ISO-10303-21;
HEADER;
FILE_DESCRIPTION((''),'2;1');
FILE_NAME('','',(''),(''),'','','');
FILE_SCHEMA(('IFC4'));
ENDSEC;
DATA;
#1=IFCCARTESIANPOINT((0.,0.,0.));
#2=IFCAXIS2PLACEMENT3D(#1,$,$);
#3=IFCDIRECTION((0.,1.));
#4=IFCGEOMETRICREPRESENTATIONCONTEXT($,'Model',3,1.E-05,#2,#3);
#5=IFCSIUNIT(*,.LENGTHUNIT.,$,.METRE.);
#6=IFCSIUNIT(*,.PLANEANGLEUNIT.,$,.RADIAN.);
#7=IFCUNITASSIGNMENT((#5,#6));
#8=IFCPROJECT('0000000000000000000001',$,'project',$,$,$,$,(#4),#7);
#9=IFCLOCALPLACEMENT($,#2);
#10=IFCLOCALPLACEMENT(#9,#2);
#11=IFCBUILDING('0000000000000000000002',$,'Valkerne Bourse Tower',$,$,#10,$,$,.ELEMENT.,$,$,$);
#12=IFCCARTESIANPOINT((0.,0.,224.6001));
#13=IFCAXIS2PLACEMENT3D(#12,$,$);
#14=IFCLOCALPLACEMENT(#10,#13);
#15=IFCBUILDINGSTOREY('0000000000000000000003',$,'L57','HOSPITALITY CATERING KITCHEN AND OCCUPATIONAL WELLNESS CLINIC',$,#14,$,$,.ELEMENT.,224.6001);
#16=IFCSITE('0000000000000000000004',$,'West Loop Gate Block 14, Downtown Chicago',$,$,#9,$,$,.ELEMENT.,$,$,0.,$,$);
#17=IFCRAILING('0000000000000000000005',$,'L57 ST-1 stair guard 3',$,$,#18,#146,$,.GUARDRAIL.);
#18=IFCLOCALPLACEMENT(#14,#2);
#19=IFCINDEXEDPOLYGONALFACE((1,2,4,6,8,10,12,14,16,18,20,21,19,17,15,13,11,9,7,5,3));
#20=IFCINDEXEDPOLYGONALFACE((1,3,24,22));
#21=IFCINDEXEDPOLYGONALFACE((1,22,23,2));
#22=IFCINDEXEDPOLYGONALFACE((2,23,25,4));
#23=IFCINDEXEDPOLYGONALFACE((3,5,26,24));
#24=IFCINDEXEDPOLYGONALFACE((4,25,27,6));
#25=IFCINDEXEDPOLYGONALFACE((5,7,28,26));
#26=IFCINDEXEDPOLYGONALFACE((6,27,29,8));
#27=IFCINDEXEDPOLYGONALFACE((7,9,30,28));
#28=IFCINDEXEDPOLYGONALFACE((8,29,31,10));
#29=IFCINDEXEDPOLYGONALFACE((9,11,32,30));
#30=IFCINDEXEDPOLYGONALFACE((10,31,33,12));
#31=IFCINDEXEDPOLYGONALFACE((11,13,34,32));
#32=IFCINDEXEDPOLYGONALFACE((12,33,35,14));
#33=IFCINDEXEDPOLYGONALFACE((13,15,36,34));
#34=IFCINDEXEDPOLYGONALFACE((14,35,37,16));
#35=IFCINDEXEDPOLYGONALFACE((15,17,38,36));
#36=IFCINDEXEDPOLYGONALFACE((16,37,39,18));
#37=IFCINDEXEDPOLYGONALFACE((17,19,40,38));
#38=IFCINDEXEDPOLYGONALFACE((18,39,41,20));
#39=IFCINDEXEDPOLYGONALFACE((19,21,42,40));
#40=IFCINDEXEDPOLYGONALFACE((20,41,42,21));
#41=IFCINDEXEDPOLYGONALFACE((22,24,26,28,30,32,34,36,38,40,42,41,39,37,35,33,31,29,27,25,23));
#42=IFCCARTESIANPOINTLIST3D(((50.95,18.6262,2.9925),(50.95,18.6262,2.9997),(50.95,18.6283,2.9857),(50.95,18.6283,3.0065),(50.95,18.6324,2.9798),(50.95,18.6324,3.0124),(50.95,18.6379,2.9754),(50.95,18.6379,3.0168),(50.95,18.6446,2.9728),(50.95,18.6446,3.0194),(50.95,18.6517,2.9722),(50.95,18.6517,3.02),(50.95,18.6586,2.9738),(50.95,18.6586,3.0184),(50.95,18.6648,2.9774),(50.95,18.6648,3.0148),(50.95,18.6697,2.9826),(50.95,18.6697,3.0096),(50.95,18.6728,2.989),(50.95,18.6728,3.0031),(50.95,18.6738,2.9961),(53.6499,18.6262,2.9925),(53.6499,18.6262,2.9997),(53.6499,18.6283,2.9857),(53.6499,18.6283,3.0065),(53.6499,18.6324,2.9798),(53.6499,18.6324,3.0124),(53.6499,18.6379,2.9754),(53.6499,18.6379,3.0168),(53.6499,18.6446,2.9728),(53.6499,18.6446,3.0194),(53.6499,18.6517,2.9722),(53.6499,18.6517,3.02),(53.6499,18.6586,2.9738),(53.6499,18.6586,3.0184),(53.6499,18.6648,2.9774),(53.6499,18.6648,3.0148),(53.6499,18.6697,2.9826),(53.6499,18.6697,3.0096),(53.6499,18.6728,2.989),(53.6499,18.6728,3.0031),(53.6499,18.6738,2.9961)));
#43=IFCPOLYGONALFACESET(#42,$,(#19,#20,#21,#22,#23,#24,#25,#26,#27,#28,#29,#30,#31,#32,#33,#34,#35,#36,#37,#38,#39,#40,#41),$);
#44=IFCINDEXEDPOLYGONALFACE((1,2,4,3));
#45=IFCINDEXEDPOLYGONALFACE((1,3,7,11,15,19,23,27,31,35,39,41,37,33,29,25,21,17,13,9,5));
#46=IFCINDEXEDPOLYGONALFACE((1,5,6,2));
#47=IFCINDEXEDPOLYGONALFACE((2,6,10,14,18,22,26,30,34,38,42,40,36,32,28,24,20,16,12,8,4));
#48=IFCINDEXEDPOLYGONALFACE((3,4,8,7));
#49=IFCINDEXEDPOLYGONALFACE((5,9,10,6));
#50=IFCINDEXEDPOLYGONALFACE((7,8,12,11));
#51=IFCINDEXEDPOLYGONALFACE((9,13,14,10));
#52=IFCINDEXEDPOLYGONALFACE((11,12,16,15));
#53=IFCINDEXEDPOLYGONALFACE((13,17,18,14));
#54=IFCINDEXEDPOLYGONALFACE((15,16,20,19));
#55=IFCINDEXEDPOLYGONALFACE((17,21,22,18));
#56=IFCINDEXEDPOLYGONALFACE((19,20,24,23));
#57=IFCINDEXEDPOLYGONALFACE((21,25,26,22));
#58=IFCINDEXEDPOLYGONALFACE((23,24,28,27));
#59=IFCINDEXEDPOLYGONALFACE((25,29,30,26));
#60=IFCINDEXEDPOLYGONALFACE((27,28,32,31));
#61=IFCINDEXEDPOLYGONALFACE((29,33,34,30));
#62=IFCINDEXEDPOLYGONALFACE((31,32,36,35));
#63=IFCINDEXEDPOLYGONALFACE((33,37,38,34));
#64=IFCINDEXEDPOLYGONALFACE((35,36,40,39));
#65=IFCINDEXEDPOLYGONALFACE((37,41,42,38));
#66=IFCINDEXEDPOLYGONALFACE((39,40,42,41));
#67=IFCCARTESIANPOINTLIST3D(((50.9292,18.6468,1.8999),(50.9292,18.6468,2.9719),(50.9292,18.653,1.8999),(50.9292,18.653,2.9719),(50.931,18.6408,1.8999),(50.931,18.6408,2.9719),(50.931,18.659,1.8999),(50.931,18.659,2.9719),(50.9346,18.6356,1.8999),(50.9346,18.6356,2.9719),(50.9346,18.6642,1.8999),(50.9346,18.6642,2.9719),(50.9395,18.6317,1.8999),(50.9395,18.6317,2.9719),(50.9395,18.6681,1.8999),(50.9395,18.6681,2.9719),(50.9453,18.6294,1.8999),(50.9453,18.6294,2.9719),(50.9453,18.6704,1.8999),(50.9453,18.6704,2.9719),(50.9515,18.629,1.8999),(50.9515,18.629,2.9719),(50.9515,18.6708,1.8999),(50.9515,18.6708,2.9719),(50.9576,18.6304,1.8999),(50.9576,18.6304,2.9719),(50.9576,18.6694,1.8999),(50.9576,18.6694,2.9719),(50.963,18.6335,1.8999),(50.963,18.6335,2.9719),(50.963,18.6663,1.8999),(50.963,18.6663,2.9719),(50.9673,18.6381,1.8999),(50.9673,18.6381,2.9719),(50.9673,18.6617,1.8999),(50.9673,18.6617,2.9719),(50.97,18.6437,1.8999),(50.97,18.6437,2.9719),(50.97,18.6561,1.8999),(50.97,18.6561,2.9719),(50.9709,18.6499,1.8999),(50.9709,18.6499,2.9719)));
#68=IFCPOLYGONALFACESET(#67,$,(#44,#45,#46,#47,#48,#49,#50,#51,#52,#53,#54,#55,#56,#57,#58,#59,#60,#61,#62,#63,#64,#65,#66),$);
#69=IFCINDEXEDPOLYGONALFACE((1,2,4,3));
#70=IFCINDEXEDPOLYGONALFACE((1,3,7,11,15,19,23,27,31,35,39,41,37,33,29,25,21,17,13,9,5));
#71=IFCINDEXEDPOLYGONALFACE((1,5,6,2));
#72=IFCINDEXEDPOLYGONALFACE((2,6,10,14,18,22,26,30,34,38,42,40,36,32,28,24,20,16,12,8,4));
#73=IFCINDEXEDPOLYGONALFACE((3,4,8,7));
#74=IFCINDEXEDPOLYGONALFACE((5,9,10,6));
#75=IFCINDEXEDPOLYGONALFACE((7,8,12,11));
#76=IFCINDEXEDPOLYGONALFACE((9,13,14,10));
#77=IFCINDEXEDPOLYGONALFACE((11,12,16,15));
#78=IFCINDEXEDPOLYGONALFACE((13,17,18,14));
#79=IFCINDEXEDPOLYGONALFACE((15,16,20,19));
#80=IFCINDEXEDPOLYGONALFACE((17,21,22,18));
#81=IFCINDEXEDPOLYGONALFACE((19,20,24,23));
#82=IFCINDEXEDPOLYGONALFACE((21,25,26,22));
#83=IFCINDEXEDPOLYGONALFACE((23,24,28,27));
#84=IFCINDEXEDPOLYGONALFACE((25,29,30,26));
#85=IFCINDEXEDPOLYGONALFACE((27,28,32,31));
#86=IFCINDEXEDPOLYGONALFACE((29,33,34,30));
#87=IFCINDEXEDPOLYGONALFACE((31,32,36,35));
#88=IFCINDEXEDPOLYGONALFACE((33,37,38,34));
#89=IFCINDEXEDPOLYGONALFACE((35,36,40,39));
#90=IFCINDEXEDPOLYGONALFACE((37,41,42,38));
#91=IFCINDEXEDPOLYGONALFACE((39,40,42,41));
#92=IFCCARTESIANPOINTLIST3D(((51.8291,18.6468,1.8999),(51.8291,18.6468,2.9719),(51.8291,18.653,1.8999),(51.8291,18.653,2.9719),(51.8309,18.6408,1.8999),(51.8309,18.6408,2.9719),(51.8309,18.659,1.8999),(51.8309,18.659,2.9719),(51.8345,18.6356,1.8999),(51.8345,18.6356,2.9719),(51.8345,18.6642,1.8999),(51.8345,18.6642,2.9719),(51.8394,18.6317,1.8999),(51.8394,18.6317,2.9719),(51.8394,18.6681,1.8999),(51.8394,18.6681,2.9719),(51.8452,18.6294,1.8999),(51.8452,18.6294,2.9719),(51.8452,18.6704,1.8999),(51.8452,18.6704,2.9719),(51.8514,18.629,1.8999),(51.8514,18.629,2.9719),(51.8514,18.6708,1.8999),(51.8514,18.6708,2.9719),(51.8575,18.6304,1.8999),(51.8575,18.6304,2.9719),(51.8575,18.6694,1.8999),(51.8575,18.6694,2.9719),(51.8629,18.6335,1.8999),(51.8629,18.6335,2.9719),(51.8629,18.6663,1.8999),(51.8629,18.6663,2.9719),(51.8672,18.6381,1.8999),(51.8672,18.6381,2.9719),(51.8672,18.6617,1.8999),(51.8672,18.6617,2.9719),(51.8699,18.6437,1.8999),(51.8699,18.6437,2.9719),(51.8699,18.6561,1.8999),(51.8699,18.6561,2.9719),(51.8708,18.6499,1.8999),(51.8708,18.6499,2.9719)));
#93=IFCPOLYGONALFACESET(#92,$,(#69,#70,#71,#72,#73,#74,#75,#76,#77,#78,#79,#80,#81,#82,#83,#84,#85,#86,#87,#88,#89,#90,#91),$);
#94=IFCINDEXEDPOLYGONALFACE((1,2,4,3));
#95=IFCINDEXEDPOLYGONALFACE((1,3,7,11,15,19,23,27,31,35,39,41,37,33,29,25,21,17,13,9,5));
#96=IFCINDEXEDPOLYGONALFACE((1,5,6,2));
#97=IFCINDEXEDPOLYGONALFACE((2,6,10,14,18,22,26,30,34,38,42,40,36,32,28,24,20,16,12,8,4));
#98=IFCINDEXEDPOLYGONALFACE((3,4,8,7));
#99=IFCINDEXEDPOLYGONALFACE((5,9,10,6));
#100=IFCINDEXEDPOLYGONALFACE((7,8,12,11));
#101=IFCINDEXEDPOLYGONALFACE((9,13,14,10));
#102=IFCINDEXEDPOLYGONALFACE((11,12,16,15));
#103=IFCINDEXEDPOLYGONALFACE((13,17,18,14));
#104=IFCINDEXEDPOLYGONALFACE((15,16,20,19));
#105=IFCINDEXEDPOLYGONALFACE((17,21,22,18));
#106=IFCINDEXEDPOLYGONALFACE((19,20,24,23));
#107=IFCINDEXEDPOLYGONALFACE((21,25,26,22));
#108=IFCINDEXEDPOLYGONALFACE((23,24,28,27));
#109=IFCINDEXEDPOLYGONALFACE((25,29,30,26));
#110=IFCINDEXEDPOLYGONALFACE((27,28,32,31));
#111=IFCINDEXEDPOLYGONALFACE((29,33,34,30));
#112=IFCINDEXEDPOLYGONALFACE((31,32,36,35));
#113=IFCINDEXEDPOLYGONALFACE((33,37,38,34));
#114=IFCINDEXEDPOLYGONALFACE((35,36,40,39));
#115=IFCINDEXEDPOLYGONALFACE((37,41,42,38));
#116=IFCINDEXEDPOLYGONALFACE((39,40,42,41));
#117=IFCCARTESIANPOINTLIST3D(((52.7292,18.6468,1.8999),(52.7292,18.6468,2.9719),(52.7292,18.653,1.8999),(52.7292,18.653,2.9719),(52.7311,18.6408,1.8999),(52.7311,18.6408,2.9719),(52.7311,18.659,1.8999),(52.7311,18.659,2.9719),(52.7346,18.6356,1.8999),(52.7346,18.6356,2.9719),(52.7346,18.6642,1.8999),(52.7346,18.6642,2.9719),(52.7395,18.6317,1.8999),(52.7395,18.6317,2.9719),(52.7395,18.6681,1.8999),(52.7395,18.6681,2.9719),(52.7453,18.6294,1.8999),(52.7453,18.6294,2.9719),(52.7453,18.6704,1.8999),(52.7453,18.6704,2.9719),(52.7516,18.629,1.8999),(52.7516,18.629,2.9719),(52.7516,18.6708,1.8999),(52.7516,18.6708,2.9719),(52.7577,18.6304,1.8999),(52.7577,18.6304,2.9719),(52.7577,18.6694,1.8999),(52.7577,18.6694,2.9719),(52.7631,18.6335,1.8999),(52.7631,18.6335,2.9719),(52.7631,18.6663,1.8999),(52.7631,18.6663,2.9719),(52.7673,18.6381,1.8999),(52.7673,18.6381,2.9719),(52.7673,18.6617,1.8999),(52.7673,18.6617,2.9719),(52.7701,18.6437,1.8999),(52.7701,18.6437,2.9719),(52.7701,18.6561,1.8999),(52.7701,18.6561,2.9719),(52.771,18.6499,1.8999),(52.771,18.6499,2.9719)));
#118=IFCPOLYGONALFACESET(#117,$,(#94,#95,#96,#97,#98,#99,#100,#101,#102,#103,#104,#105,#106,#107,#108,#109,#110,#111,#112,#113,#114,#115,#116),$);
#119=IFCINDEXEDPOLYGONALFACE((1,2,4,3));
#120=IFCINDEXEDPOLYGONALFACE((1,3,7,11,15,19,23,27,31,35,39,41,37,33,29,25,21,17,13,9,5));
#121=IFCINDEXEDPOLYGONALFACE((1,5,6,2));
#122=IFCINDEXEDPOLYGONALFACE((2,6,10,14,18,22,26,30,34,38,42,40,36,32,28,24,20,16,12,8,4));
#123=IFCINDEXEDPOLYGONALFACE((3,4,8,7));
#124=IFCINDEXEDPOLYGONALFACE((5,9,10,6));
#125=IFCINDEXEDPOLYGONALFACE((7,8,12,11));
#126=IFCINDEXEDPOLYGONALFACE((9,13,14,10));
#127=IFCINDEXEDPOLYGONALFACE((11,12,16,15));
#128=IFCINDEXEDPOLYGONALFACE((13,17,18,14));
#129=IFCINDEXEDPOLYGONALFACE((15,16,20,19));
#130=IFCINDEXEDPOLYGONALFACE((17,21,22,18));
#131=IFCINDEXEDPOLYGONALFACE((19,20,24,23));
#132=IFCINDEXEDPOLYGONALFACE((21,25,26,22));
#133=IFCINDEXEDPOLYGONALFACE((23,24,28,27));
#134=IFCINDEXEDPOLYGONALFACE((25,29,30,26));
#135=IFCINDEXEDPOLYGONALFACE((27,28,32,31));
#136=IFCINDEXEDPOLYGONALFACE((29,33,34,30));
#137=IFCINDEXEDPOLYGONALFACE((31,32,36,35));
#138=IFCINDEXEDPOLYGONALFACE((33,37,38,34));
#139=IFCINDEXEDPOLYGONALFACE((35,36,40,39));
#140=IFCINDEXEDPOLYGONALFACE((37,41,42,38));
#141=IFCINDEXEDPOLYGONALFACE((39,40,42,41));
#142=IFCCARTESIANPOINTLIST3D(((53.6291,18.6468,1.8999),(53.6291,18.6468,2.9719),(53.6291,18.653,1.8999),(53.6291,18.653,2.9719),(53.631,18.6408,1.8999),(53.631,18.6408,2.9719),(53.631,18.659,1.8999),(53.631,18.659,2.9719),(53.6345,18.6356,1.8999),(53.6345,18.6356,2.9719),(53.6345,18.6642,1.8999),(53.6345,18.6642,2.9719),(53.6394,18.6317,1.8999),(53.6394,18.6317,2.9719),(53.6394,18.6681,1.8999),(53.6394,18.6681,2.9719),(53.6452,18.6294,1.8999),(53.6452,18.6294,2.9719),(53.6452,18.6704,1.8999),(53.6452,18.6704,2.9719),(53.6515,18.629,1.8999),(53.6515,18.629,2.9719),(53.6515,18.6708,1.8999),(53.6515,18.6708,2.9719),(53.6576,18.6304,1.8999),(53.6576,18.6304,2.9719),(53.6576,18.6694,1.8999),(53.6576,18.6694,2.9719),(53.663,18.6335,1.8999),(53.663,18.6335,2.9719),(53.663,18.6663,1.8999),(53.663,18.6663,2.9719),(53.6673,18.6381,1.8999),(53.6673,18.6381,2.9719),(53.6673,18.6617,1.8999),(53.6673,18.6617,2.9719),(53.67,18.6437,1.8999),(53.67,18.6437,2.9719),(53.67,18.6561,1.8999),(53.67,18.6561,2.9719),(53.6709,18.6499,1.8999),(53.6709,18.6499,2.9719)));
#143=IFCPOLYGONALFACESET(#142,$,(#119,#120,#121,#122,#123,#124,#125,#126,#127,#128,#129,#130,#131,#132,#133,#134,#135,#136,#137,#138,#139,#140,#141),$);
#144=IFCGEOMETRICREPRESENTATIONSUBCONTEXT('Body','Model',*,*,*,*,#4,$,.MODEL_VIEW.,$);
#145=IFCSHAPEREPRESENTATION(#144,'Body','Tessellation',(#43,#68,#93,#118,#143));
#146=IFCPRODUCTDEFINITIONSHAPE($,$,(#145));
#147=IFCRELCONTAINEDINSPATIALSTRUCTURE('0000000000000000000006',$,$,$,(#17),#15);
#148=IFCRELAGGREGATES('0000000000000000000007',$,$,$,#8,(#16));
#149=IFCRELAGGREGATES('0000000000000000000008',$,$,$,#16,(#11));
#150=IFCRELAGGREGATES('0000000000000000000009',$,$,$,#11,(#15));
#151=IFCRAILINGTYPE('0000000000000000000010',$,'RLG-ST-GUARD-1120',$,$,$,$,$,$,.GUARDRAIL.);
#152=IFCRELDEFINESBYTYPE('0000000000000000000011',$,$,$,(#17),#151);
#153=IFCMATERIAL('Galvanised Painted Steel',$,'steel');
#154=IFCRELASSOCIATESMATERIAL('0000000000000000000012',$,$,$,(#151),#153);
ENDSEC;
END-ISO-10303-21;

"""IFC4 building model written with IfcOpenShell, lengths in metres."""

from ifc_helpers import new_model, si_unit, direction, frame, origin, origin_2d, place, context, subcontext, project, spatial, circle, extrude, material, type_object, element, save


model = new_model("IFC4")

# Units and contexts
model_context = context("Model", 3, precision=1e-05, world=origin(), true_north=direction((0.0, 1.0)))
body_context = subcontext(model_context, "Body", "Model", "MODEL_VIEW")
ifc_project = project(units=[si_unit("LENGTHUNIT", "METRE"), si_unit("PLANEANGLEUNIT", "RADIAN")], contexts=[model_context])

# Site, building, storey
site_placement = place(None, origin())
site = spatial("IfcSite", under=ifc_project, at=site_placement, Name="West Loop Gate Block 14, Downtown Chicago", CompositionType="ELEMENT", RefElevation=0.0)
building_placement = place(site_placement, origin())
building = spatial("IfcBuilding", under=site, at=building_placement, Name="Valkerne Bourse Tower", CompositionType="ELEMENT")
storey_placement = place(building_placement, frame((0.0, 0.0, 224.6001)))
storey = spatial("IfcBuildingStorey", under=building, at=storey_placement, Name="L57", Description="HOSPITALITY CATERING KITCHEN AND OCCUPATIONAL WELLNESS CLINIC", CompositionType="ELEMENT", Elevation=224.6001)

# Shared definitions
ifc_material_1 = material(Name="Galvanised Painted Steel", Category="steel")

# Railing
railing_type_1 = type_object("IfcRailingType", Name="RLG-ST-GUARD-1120", PredefinedType="GUARDRAIL", material=ifc_material_1)
for number, where, name in (
    (1, (50.95, 18.6499, 1.8999), "L57 ST-1 stair guard 3"),
):
    element("IfcRailing", number, at=place(storey_placement, frame(where)), inside=storey, type_object=railing_type_1, Name=name, PredefinedType="GUARDRAIL", context=body_context, shape_type="SweptSolid", body=[
        extrude(circle(Radius=0.0239, at=origin_2d()), frame((0.0, 0.0, 1.0962), z_axis=(1.0, 0.0, 0.0), x_axis=(0.0, 1.0, 0.0)), (0.0, 0.0, 1.0), 2.7),
        extrude(circle(Radius=0.021, at=origin_2d()), origin(), (0.0, 0.0, 1.0), 1.072),
        extrude(circle(Radius=0.021, at=origin_2d()), frame((0.8999, 0.0, 0.0)), (0.0, 0.0, 1.0), 1.072),
        extrude(circle(Radius=0.021, at=origin_2d()), frame((1.8, 0.0, 0.0)), (0.0, 0.0, 1.0), 1.072),
        extrude(circle(Radius=0.021, at=origin_2d()), frame((2.7, 0.0, 0.0)), (0.0, 0.0, 1.0), 1.072),
    ])

save(model, "model.ifc")
